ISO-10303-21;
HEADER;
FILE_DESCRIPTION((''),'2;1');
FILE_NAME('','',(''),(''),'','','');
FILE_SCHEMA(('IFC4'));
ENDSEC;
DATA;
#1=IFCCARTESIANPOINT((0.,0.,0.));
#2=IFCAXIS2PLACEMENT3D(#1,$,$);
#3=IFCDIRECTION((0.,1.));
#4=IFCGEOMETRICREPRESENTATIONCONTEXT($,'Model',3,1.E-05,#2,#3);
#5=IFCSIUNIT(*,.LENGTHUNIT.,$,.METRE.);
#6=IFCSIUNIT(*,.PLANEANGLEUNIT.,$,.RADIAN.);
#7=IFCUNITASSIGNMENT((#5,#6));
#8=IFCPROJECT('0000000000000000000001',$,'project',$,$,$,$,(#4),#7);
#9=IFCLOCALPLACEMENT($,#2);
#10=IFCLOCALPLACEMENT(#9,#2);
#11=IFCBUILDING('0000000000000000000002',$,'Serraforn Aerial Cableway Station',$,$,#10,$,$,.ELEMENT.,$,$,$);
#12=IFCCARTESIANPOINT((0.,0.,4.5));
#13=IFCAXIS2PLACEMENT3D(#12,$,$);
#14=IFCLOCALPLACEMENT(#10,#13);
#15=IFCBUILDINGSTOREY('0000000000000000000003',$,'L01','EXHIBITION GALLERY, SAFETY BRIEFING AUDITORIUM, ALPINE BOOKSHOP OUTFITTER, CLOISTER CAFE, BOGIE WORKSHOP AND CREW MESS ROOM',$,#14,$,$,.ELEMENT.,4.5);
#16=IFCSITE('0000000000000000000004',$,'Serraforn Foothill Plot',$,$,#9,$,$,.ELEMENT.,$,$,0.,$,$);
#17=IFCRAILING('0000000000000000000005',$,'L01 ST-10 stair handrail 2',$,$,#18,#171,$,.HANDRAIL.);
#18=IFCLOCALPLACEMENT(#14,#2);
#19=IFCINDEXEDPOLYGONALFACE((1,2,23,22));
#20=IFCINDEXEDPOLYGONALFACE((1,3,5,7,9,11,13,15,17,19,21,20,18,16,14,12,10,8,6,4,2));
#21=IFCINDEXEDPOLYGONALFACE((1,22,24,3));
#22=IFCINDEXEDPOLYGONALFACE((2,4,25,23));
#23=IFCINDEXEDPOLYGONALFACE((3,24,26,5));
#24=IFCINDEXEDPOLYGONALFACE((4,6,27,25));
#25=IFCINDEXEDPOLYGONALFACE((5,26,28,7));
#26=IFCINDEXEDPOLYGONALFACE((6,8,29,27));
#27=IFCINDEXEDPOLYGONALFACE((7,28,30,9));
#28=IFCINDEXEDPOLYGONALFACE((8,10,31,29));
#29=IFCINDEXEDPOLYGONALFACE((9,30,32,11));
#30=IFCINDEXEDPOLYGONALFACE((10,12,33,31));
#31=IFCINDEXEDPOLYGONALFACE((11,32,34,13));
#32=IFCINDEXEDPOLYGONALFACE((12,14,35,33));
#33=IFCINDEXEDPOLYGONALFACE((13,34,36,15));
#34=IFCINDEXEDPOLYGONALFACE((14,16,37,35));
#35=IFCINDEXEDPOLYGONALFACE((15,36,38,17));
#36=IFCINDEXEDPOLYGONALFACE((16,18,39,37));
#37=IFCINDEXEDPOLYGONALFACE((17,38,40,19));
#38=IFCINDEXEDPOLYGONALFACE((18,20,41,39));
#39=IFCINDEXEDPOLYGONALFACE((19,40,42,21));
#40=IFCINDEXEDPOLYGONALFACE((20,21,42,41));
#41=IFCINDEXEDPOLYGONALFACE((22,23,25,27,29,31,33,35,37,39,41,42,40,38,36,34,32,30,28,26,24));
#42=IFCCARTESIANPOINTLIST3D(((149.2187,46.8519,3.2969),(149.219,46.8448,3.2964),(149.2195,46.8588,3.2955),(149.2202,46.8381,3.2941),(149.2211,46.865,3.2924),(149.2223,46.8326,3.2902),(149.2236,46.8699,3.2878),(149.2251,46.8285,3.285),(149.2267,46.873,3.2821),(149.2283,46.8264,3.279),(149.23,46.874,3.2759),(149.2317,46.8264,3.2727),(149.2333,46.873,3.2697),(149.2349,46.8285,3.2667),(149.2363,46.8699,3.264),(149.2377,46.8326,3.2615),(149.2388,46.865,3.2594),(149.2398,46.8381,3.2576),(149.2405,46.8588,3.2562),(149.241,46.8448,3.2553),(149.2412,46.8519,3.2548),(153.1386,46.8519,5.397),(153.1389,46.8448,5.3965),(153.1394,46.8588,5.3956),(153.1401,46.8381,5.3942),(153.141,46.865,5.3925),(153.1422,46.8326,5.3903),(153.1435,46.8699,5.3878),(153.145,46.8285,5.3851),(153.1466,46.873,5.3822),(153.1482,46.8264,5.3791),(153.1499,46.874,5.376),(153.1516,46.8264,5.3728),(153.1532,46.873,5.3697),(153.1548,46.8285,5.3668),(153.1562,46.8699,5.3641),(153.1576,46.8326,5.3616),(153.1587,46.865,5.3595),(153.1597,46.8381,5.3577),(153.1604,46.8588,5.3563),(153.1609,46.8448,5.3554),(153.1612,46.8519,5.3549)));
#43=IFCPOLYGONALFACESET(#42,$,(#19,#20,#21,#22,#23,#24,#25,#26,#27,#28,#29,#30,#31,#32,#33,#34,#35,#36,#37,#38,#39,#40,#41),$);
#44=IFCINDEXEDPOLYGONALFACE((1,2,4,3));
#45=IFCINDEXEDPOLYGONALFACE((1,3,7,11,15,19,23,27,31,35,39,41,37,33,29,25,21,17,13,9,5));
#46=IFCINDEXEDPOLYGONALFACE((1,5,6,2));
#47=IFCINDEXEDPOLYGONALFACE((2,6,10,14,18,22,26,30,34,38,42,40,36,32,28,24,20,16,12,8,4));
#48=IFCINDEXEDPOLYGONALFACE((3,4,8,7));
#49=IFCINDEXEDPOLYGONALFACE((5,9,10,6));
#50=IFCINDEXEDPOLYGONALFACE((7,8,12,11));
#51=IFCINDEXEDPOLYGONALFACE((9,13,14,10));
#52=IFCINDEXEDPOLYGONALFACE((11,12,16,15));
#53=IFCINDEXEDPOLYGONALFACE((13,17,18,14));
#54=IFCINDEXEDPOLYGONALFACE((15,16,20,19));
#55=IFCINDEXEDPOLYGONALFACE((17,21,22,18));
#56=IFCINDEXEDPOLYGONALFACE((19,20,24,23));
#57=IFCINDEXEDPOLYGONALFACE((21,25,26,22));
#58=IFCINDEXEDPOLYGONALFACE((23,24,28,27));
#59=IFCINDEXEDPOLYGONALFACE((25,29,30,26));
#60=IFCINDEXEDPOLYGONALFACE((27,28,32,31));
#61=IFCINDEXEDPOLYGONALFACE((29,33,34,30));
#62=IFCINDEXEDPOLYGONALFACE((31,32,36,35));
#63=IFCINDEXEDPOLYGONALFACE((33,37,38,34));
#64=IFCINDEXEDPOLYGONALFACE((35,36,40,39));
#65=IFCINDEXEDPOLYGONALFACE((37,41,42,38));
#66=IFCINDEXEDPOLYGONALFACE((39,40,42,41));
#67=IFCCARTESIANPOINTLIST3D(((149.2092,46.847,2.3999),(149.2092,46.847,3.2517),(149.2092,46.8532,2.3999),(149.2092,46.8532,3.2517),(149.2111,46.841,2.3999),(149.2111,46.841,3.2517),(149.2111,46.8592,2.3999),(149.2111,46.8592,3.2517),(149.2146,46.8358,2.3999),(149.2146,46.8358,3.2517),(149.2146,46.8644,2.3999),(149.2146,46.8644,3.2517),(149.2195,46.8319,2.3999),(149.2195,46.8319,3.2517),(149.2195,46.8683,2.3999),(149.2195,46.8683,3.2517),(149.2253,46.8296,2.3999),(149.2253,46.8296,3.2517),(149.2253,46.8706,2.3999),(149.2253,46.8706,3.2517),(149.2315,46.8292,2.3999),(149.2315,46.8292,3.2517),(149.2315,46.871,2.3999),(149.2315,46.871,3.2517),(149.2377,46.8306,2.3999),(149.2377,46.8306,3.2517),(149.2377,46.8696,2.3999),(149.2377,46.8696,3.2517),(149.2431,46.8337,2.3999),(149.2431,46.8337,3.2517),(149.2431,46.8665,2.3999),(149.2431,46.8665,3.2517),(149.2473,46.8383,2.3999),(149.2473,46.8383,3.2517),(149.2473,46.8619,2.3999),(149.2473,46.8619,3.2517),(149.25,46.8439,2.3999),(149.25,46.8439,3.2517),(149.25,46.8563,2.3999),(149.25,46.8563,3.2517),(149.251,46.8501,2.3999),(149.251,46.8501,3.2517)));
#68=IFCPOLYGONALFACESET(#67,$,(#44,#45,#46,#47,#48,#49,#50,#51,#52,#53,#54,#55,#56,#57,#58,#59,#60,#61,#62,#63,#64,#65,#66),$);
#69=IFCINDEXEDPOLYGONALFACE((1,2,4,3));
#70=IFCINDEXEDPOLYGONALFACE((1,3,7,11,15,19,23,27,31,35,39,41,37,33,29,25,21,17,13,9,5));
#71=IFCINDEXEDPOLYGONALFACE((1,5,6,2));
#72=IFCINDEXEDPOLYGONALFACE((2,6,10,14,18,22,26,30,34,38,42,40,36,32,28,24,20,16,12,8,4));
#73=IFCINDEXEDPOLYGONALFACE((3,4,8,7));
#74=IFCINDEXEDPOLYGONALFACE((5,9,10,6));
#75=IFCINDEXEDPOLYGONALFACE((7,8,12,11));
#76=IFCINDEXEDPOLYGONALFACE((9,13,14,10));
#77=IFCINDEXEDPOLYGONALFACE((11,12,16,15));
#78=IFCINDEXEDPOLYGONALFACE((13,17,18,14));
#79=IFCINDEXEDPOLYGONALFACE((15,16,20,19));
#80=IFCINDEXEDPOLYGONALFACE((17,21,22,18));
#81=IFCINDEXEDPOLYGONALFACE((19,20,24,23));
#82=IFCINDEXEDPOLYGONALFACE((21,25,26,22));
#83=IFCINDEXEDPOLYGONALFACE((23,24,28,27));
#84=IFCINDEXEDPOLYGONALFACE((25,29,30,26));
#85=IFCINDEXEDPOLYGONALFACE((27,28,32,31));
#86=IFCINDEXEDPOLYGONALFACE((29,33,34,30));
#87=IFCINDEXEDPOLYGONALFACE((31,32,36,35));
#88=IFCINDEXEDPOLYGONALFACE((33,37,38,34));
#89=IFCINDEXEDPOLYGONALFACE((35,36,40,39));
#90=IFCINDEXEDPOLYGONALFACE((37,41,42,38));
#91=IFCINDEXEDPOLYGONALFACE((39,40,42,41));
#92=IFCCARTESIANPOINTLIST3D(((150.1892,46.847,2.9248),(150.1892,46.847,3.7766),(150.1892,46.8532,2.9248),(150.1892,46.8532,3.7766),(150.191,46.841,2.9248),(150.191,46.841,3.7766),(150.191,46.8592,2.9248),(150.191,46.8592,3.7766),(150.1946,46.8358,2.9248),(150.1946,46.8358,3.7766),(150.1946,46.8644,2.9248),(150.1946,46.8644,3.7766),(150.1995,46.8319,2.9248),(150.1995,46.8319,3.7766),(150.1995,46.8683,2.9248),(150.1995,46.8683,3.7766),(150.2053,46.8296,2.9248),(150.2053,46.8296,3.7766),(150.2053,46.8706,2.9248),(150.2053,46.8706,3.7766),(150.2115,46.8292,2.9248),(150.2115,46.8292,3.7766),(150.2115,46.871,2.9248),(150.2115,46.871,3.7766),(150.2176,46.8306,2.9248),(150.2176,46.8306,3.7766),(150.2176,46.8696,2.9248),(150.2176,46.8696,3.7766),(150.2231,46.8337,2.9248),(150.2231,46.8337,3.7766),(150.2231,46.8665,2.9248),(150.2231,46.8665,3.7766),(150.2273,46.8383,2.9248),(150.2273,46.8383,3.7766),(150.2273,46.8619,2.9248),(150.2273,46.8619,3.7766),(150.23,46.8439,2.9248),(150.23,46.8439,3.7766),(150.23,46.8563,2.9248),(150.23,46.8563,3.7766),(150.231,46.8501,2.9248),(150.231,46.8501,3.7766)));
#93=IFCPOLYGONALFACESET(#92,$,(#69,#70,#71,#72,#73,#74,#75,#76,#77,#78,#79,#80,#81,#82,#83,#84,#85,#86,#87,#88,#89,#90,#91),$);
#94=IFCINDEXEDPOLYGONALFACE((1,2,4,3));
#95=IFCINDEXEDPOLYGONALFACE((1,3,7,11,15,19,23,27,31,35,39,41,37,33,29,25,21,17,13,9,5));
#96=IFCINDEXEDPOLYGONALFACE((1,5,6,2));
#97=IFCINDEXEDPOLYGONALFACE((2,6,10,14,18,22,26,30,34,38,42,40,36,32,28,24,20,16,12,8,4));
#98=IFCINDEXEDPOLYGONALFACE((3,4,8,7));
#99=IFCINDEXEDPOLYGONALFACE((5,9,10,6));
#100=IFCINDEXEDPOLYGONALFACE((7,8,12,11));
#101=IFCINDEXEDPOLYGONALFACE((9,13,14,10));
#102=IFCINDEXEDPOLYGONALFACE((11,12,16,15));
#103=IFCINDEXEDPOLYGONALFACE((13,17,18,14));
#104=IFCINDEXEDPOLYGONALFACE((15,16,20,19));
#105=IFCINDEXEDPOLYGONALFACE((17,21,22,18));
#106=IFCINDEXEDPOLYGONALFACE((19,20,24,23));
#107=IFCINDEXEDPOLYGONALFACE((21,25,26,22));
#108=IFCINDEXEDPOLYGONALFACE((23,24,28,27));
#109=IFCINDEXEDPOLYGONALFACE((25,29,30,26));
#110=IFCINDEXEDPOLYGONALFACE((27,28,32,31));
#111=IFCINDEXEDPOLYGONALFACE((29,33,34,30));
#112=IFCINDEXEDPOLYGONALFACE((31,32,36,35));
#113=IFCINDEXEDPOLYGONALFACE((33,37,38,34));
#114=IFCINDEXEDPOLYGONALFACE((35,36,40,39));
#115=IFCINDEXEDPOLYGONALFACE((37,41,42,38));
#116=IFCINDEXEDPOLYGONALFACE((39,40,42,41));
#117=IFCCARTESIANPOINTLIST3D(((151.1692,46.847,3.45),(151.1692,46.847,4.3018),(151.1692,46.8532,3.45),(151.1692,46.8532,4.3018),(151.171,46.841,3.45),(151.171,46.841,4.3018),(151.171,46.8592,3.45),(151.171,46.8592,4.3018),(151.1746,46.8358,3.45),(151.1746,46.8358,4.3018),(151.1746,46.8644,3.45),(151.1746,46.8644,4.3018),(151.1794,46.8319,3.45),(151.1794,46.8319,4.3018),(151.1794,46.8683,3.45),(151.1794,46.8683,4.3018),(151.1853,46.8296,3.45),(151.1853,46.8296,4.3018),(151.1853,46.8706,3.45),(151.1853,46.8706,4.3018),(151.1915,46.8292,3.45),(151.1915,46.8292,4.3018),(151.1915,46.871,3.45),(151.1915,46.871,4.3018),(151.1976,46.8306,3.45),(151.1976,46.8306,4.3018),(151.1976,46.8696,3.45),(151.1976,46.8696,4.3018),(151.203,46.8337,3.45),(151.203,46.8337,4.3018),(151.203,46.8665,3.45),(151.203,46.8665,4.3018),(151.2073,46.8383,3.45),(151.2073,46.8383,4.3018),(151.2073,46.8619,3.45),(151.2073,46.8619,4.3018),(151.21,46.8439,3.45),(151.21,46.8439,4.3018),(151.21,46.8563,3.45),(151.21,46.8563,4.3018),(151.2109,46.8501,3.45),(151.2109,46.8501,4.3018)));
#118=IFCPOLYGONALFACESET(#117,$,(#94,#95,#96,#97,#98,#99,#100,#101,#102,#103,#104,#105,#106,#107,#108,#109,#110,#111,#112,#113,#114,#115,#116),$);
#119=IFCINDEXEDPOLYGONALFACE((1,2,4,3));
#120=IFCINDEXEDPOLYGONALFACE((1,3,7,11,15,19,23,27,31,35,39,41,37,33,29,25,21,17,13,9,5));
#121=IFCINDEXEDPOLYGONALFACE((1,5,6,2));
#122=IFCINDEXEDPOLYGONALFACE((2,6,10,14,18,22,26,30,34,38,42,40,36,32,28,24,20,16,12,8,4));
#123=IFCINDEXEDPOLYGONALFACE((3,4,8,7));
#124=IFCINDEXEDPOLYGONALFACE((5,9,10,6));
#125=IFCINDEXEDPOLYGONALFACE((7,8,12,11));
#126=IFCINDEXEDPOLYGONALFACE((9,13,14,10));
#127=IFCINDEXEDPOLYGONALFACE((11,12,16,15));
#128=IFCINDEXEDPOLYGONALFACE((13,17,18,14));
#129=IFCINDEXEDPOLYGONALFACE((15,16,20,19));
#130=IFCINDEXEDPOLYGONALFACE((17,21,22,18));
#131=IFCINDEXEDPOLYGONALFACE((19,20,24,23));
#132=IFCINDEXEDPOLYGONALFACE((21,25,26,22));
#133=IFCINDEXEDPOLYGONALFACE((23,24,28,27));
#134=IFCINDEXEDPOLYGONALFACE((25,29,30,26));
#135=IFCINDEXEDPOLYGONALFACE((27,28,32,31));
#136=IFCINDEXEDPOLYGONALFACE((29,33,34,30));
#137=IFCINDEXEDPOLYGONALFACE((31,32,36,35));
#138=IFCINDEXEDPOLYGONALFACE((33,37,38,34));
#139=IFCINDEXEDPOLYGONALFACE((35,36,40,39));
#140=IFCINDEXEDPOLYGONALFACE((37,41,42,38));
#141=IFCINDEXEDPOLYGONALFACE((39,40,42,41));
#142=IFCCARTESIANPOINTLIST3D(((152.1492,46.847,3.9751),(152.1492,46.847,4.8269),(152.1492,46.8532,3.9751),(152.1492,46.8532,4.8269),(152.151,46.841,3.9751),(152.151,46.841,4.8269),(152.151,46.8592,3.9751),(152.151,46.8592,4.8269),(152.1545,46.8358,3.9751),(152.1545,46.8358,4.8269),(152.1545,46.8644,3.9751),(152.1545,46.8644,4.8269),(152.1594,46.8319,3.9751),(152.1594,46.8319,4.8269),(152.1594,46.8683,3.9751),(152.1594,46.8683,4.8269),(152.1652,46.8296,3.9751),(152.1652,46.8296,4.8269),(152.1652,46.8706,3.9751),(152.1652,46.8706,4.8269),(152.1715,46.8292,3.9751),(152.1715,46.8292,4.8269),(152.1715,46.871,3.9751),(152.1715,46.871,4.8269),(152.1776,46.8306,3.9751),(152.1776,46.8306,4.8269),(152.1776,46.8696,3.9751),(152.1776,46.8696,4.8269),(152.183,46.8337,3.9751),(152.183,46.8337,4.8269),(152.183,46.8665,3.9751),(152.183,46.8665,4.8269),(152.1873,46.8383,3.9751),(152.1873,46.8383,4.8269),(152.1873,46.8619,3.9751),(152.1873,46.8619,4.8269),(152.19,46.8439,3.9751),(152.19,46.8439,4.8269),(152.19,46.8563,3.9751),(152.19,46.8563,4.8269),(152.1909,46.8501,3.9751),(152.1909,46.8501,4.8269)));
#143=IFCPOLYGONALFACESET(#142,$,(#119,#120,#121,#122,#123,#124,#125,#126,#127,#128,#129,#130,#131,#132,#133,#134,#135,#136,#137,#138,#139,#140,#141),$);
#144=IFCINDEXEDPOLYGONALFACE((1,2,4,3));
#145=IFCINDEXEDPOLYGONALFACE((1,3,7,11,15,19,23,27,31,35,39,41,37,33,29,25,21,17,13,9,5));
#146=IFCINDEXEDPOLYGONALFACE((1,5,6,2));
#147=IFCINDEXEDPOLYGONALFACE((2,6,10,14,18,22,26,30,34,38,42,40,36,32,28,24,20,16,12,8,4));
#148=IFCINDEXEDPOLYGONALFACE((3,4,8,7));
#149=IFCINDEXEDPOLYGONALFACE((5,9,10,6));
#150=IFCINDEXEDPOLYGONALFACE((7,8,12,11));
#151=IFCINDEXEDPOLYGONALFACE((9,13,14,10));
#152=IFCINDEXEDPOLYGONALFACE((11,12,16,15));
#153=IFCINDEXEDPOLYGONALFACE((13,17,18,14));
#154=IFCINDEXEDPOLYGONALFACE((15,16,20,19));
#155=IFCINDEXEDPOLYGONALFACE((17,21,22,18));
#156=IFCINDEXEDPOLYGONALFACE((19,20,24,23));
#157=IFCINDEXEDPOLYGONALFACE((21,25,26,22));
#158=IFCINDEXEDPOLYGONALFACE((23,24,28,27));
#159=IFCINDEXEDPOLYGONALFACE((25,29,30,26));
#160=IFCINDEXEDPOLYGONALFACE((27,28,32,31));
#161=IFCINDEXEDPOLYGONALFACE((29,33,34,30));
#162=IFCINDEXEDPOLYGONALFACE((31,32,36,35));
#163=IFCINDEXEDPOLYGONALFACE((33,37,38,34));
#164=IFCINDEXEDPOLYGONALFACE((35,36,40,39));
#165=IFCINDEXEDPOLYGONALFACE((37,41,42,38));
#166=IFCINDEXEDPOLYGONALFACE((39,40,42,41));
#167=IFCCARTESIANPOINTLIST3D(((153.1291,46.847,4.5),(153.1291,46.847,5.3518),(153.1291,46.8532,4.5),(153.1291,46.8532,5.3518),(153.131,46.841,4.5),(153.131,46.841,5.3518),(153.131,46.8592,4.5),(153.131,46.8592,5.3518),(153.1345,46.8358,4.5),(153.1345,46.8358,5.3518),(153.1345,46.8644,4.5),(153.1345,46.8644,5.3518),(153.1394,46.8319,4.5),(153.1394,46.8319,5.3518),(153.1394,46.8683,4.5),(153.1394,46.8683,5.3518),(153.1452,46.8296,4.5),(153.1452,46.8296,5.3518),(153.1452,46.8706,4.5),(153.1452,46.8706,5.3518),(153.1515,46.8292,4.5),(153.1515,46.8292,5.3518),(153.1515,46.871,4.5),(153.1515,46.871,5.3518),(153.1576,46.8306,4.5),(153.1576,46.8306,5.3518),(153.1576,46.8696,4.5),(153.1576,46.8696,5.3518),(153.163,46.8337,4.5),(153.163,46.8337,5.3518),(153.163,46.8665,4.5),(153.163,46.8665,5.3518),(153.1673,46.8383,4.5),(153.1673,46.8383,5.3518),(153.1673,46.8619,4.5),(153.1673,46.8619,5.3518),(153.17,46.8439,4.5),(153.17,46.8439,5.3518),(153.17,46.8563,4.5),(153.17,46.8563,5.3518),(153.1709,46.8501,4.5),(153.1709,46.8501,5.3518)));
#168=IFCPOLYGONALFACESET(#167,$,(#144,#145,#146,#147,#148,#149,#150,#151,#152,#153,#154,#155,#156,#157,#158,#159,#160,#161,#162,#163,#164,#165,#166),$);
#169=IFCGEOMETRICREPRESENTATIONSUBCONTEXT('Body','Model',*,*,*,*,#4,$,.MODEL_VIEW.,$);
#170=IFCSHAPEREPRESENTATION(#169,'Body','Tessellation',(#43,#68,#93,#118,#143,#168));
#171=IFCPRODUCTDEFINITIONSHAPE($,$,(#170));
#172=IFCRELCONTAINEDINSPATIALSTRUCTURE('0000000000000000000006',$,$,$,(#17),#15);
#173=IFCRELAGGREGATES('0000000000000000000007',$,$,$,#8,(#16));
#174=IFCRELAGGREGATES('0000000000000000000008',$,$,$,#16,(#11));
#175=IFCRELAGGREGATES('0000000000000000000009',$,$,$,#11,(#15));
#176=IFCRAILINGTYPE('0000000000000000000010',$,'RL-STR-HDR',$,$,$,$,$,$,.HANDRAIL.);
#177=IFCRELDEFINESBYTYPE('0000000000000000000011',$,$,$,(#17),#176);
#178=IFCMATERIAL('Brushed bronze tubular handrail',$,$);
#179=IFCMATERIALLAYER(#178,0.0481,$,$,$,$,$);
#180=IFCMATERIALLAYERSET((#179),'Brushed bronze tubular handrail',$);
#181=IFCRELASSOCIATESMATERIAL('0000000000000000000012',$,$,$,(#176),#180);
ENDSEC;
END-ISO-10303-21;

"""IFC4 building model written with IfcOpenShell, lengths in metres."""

from ifc_helpers import new_model, si_unit, direction, frame, origin, origin_2d, place, context, subcontext, project, spatial, circle, extrude, material, layer, layer_set, type_object, element, save


model = new_model("IFC4")

# Units and contexts
model_context = context("Model", 3, precision=1e-05, world=origin(), true_north=direction((0.0, 1.0)))
body_context = subcontext(model_context, "Body", "Model", "MODEL_VIEW")
ifc_project = project(units=[si_unit("LENGTHUNIT", "METRE"), si_unit("PLANEANGLEUNIT", "RADIAN")], contexts=[model_context])

# Site, building, storey
site_placement = place(None, origin())
site = spatial("IfcSite", under=ifc_project, at=site_placement, Name="Serraforn Foothill Plot", CompositionType="ELEMENT", RefElevation=0.0)
building_placement = place(site_placement, origin())
building = spatial("IfcBuilding", under=site, at=building_placement, Name="Serraforn Aerial Cableway Station", CompositionType="ELEMENT")
storey_placement = place(building_placement, frame((0.0, 0.0, 4.5)))
storey = spatial("IfcBuildingStorey", under=building, at=storey_placement, Name="L01", Description="EXHIBITION GALLERY, SAFETY BRIEFING AUDITORIUM, ALPINE BOOKSHOP OUTFITTER, CLOISTER CAFE, BOGIE WORKSHOP AND CREW MESS ROOM", CompositionType="ELEMENT", Elevation=4.5)

# Railing
ifc_material_1 = material(Name="Brushed bronze tubular handrail")
ifc_layer_1 = layer(ifc_material_1, 0.0481)
ifc_layer_set_1 = layer_set([ifc_layer_1], Name="Brushed bronze tubular handrail")
railing_type_1 = type_object("IfcRailingType", Name="RL-STR-HDR", PredefinedType="HANDRAIL", material=ifc_layer_set_1)
railing_1_placement = place(storey_placement, frame((149.23, 46.8501, 2.3999)))
element("IfcRailing", 1, at=railing_1_placement, inside=storey, type_object=railing_type_1, Name="L01 ST-10 stair handrail 2", PredefinedType="HANDRAIL", context=body_context, shape_type="SweptSolid", body=[
    extrude(circle(Radius=0.0239, at=origin_2d()), frame((0.0, 0.0, 0.876), z_axis=(0.881467, 0.0, 0.472246), x_axis=(0.0, 1.0, 0.0)), (0.0, 0.0, 1.0), 4.447),
    extrude(circle(Radius=0.021, at=origin_2d()), origin(), (0.0, 0.0, 1.0), 0.8518),
    extrude(circle(Radius=0.021, at=origin_2d()), frame((0.98, 0.0, 0.5249)), (0.0, 0.0, 1.0), 0.8518),
    extrude(circle(Radius=0.021, at=origin_2d()), frame((1.96, 0.0, 1.05)), (0.0, 0.0, 1.0), 0.8518),
    extrude(circle(Radius=0.021, at=origin_2d()), frame((2.9399, 0.0, 1.5752)), (0.0, 0.0, 1.0), 0.8518),
    extrude(circle(Radius=0.021, at=origin_2d()), frame((3.9199, 0.0, 2.1001)), (0.0, 0.0, 1.0), 0.8518),
])

save(model, "model.ifc")
